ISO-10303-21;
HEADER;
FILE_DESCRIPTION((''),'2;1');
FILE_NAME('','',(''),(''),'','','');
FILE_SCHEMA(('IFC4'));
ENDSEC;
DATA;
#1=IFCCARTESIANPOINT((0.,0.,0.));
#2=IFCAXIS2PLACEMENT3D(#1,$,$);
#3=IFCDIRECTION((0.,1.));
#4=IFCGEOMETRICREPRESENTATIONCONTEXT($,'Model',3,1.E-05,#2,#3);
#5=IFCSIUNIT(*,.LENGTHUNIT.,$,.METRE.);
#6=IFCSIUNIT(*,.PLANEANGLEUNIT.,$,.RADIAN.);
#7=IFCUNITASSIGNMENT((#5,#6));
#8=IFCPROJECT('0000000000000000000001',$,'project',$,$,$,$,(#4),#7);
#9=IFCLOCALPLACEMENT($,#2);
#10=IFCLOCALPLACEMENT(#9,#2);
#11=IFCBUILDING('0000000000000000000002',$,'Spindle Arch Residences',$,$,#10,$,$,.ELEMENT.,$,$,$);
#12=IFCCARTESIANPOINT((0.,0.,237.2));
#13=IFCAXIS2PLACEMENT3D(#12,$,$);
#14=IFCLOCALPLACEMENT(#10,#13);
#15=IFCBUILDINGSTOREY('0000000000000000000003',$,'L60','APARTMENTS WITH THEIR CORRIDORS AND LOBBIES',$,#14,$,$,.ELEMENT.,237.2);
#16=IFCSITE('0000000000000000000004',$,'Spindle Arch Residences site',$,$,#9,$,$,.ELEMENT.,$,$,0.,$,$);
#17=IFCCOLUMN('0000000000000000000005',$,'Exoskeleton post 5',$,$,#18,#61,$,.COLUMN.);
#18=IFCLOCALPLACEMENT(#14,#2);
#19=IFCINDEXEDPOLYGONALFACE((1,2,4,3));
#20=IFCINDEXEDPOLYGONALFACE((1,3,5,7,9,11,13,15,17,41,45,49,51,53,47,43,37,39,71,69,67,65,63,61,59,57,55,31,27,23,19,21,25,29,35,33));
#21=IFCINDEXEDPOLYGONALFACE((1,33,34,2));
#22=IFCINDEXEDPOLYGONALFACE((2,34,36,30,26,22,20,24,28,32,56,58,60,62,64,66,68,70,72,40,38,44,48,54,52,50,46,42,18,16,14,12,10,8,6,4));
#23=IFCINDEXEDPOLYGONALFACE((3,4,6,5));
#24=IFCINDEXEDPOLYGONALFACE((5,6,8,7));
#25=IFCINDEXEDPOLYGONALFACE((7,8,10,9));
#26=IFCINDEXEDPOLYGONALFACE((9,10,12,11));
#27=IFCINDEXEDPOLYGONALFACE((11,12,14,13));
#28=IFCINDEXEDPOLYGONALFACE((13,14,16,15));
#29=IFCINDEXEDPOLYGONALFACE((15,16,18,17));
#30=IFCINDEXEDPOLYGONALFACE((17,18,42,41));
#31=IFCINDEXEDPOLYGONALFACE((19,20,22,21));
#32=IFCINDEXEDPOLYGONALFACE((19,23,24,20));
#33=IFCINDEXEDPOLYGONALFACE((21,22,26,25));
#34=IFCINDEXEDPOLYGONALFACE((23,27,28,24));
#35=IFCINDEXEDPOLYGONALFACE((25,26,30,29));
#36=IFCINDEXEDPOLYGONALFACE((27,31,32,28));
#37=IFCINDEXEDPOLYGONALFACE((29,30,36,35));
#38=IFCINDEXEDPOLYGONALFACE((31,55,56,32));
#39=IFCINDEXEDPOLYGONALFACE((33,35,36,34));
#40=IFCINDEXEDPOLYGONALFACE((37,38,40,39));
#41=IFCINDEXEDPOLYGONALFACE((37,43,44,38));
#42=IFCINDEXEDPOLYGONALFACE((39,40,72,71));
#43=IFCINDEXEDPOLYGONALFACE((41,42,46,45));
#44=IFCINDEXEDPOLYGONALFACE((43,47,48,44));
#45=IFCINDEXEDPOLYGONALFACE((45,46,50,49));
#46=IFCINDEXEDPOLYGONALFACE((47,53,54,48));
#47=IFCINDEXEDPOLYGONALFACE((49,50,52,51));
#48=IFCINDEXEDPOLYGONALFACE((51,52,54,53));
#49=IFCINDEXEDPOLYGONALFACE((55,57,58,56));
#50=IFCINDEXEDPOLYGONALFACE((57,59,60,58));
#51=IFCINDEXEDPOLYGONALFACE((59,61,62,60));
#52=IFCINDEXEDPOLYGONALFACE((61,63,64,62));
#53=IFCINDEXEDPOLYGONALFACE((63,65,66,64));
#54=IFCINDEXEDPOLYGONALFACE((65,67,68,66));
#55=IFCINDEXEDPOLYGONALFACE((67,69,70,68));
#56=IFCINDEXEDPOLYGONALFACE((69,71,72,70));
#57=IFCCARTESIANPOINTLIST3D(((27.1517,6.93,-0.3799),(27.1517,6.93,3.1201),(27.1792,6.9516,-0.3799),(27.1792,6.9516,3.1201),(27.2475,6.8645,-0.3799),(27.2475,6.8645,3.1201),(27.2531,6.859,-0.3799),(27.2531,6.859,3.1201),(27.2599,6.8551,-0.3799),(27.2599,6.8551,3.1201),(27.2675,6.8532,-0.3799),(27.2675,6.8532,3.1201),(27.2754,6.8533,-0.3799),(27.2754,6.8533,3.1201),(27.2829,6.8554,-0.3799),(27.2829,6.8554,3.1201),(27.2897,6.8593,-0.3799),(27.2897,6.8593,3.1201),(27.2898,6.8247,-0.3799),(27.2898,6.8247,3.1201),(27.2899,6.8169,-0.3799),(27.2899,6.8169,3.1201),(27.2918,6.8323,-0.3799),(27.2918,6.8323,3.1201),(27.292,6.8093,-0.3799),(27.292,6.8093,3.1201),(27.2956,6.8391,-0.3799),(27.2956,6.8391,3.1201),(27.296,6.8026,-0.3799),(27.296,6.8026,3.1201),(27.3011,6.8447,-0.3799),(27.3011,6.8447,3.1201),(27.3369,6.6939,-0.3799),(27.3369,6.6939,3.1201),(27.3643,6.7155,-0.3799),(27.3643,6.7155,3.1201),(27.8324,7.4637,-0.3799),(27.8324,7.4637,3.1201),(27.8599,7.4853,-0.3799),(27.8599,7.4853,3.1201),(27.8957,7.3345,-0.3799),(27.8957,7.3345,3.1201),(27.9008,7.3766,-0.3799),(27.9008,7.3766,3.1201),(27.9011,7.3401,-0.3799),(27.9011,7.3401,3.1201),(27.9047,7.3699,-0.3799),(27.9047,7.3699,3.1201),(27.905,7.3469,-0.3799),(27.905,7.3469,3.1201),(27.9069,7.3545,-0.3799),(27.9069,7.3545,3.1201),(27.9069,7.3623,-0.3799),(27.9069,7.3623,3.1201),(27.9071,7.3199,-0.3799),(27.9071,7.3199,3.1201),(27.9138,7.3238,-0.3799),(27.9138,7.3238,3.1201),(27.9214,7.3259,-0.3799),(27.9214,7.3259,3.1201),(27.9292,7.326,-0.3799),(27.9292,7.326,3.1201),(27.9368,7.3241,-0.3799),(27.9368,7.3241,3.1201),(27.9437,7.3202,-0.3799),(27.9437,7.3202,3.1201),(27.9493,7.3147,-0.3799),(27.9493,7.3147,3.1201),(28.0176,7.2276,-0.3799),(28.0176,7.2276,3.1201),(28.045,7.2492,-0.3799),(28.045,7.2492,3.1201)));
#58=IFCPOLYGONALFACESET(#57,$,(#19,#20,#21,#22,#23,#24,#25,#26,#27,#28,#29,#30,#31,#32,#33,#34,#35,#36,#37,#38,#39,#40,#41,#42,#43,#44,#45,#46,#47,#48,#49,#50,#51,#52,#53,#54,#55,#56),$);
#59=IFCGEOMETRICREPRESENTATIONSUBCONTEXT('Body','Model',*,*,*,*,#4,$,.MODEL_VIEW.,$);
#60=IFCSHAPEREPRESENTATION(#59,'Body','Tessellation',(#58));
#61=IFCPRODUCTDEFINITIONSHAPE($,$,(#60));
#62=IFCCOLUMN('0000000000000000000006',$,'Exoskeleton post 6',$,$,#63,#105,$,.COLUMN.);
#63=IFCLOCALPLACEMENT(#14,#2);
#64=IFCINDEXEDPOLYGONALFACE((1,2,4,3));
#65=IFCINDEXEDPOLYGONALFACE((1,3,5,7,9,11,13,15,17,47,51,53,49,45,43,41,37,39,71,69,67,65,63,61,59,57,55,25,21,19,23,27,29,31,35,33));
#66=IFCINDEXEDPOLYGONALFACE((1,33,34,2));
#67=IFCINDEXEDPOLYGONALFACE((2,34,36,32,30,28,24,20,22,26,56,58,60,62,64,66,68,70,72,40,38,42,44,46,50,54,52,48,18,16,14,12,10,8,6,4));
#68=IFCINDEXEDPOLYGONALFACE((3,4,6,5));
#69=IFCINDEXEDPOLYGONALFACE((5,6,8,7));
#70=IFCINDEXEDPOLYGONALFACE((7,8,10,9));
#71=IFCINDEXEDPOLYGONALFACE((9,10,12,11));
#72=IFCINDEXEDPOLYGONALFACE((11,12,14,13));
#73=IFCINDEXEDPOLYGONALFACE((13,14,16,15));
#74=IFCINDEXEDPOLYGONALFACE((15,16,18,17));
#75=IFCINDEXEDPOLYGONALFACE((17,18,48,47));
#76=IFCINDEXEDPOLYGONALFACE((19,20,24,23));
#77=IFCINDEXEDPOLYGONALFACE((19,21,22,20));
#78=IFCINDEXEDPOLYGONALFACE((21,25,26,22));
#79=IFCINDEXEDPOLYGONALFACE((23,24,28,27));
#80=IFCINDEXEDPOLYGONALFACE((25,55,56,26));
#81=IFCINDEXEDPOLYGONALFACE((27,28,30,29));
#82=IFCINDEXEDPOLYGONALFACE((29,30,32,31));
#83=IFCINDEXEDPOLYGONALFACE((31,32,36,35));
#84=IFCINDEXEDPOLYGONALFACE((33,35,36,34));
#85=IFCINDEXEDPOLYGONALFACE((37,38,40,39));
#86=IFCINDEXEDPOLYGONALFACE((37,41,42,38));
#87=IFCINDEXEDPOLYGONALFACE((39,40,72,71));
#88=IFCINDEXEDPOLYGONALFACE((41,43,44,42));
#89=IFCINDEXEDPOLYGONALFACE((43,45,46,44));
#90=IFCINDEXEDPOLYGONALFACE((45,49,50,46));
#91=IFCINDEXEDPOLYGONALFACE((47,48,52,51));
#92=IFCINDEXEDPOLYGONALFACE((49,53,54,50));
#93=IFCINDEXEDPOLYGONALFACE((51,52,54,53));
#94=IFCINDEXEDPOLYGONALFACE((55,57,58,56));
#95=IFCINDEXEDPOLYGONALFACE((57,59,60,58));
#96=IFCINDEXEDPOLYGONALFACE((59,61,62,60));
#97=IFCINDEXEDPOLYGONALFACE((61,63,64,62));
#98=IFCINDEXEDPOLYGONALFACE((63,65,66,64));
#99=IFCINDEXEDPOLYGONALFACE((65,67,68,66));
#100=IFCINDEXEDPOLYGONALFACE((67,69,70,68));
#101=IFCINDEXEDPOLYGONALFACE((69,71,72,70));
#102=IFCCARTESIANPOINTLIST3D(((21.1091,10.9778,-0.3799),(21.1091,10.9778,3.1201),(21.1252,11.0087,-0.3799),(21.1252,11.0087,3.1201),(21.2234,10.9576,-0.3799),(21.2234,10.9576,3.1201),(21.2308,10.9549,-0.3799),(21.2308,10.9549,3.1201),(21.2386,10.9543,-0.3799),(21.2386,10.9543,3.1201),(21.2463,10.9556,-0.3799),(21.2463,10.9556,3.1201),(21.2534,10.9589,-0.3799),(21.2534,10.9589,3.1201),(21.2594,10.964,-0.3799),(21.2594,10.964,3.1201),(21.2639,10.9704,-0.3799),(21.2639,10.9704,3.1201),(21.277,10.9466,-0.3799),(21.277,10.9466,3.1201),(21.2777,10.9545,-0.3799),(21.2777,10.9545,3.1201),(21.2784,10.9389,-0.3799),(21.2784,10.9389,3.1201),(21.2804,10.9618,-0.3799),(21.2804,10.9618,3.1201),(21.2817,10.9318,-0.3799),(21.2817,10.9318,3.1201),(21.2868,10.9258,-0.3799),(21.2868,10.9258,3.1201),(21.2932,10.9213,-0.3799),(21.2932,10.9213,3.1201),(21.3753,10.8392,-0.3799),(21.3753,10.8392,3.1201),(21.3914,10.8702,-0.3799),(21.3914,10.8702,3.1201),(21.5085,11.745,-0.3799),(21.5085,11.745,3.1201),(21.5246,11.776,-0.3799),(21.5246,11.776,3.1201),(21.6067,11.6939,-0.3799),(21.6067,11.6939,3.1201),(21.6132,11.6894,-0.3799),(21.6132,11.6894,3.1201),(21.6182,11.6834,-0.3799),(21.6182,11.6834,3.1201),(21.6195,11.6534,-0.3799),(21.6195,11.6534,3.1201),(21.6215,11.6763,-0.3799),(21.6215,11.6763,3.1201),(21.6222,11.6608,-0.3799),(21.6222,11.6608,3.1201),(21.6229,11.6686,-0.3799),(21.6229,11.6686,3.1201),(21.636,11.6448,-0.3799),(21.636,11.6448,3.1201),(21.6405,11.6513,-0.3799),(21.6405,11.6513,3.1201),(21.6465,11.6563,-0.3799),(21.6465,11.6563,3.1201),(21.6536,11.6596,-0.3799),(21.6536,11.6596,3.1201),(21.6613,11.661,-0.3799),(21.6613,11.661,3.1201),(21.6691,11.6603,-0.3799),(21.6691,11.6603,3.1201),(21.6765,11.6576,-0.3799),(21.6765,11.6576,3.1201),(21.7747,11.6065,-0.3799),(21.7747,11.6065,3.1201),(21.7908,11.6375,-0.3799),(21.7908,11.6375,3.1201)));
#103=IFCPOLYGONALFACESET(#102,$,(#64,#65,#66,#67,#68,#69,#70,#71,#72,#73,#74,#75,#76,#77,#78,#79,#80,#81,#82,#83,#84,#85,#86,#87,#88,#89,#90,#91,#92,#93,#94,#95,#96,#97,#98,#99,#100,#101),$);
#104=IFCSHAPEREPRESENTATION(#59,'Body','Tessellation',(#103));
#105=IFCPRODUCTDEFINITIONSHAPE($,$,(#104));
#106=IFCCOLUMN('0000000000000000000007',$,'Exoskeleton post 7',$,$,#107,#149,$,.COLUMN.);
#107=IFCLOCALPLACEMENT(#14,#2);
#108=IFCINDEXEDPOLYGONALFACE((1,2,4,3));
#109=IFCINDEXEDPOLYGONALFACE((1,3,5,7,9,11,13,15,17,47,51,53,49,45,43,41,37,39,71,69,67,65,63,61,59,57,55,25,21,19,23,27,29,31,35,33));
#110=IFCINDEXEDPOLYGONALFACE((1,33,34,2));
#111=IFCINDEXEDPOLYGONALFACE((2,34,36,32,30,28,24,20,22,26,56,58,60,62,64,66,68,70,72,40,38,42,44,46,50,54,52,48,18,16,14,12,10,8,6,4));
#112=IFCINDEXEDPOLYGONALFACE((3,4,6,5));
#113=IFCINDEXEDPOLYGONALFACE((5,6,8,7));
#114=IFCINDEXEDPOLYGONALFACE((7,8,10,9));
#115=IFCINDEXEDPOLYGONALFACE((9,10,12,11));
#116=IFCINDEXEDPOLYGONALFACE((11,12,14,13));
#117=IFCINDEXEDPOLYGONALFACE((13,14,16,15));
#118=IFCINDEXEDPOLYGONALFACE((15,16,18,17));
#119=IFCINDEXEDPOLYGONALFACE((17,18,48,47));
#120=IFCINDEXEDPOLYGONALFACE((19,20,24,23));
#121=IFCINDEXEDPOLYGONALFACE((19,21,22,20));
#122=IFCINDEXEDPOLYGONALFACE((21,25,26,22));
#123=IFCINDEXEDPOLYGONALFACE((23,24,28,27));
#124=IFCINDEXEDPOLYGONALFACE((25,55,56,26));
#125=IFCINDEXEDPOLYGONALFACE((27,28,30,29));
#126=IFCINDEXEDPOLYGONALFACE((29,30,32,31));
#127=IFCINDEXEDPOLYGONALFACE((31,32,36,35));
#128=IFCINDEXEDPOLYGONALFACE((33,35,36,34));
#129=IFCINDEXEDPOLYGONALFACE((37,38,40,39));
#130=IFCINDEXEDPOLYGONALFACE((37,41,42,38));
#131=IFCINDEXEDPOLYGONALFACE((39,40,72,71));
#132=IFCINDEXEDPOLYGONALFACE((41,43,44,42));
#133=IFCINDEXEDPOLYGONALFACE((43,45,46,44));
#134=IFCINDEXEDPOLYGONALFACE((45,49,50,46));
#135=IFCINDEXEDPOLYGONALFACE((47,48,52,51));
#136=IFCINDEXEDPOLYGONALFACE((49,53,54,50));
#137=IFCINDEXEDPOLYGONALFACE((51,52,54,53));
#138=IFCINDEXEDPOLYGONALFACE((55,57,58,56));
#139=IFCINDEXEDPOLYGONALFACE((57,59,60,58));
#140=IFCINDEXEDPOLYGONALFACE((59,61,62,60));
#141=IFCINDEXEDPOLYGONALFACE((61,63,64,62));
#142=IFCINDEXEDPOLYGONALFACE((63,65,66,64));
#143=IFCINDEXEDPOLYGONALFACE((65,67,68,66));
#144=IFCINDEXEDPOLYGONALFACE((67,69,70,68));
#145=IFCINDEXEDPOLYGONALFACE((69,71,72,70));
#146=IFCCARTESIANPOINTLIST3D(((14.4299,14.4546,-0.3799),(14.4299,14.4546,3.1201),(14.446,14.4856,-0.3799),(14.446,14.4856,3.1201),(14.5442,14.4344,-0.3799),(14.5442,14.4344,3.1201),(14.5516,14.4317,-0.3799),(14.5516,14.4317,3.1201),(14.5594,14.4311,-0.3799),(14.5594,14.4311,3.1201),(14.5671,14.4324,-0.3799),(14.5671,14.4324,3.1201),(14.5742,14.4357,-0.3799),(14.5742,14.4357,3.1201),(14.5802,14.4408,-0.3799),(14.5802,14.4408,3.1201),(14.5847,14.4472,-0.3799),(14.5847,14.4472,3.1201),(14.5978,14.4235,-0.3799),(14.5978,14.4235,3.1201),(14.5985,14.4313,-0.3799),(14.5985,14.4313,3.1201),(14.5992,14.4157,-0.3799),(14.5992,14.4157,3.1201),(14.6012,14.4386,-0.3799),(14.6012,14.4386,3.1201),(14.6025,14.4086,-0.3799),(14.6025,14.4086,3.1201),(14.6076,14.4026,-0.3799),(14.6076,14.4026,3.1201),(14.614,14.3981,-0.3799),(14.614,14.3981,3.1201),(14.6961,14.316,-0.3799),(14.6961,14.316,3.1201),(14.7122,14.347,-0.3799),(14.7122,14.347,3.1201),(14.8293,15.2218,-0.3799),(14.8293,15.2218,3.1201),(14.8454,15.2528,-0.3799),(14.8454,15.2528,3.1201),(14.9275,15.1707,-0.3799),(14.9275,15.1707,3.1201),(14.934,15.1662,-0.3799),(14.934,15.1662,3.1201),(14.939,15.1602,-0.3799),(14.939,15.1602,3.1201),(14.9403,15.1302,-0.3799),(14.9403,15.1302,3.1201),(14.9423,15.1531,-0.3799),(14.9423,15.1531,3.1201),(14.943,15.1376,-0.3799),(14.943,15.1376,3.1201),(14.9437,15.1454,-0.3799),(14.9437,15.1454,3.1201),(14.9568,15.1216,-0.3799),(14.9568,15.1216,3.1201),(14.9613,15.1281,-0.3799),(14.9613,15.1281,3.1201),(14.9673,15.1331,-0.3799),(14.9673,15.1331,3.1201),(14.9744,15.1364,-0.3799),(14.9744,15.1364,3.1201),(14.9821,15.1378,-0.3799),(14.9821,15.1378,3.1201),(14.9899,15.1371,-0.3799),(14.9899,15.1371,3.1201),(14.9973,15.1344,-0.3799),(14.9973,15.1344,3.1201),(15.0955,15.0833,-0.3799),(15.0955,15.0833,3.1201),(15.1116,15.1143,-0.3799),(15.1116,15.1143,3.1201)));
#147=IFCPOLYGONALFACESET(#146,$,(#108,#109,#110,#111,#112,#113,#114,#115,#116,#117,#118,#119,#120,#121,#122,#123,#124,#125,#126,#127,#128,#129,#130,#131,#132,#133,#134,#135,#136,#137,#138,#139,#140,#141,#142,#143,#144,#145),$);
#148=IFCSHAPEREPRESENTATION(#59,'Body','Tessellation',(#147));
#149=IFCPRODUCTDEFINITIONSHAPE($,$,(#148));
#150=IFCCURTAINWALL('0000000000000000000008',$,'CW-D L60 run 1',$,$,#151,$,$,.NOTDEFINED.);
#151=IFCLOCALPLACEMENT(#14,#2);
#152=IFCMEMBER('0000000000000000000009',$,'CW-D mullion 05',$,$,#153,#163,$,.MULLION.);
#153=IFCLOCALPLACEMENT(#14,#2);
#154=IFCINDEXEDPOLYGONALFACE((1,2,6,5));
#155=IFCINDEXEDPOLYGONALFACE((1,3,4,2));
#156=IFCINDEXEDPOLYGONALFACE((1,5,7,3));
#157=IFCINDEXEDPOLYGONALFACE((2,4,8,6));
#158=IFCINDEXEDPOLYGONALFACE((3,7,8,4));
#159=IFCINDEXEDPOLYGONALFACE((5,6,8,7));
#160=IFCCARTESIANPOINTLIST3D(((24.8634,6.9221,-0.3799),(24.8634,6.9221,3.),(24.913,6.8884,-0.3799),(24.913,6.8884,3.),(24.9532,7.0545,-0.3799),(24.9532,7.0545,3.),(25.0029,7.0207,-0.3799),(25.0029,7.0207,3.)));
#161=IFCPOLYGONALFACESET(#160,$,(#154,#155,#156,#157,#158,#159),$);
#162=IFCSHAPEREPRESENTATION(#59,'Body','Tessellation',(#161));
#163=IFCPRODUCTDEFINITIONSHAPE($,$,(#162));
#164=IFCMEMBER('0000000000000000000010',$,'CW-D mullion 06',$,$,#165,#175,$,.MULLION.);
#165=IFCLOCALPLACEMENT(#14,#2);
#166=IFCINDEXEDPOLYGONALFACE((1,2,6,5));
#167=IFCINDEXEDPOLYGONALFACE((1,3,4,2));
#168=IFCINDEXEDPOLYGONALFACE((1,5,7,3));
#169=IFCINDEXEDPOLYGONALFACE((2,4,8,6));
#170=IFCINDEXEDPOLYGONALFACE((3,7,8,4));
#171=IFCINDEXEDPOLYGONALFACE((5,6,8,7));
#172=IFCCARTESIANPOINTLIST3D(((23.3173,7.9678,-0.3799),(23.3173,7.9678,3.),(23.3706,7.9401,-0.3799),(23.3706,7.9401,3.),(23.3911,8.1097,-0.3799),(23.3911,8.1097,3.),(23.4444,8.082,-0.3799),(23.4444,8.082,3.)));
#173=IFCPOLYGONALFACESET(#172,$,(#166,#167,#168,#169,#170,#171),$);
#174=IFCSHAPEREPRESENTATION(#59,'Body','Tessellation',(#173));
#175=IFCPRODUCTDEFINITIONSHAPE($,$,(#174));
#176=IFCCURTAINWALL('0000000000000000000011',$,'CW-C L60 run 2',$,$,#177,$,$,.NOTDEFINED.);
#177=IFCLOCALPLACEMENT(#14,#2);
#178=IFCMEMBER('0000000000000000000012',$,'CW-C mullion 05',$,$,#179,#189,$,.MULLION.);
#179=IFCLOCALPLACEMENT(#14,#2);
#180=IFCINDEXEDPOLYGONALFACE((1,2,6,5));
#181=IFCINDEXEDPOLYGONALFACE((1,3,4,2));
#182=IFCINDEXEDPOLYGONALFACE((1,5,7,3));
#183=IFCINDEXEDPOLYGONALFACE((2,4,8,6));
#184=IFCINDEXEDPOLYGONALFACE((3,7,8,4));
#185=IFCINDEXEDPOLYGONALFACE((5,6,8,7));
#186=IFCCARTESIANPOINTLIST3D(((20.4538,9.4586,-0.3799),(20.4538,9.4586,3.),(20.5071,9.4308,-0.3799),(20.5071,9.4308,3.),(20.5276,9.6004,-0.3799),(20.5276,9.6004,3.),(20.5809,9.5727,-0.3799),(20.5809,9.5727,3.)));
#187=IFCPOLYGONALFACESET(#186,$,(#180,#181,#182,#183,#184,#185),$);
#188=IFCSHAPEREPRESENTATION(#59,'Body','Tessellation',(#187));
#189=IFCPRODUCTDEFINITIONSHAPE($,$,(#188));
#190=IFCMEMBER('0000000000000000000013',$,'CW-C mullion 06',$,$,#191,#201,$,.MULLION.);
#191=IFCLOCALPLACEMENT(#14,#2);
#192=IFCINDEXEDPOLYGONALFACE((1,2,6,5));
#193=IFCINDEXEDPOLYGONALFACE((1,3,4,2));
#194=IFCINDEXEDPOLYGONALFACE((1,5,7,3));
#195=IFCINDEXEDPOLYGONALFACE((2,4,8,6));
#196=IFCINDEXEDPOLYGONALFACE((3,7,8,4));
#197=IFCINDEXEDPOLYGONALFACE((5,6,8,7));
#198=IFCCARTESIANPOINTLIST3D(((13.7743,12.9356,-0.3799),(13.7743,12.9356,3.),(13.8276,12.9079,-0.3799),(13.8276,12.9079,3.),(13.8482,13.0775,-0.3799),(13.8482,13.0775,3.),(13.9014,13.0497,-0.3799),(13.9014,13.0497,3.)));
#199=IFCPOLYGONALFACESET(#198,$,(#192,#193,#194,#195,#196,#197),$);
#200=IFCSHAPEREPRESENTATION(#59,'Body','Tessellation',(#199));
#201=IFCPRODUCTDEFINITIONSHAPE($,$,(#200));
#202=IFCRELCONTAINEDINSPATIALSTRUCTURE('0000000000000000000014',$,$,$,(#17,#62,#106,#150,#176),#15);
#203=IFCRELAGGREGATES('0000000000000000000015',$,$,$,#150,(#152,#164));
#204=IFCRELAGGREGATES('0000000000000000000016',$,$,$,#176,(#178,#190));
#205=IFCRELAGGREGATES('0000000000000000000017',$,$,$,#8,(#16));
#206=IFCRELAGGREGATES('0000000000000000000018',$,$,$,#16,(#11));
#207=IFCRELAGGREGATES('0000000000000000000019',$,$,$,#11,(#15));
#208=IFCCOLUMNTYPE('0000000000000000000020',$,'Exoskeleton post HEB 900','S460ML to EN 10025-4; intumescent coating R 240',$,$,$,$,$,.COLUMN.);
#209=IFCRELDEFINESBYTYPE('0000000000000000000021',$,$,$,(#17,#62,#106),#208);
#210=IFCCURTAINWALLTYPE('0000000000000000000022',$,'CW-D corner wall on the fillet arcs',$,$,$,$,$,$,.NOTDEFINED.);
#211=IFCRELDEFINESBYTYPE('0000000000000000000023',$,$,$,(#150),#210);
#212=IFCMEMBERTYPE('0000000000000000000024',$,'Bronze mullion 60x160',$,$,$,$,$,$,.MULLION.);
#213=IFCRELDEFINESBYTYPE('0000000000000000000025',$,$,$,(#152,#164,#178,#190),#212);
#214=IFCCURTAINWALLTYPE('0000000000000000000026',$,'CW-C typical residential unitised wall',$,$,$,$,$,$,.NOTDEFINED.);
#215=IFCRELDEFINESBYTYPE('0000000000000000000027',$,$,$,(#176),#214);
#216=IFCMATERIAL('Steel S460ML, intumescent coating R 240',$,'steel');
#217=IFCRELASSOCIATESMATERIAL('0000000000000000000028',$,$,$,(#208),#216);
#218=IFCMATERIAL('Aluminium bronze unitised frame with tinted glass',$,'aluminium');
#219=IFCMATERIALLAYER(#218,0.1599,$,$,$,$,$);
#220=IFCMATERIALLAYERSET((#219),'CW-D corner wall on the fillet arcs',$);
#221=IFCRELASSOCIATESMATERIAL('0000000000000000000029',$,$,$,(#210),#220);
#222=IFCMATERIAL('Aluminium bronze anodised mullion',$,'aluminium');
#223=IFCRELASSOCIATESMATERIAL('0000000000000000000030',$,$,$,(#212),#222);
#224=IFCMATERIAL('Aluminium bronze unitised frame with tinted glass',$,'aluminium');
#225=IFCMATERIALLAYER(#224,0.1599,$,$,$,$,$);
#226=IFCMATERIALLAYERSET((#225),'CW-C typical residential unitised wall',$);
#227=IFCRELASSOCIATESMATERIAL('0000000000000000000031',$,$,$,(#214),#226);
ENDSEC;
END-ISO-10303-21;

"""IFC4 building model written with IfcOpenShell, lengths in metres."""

from ifc_helpers import new_model, si_unit, direction, frame, origin, origin_2d, place, context, subcontext, project, spatial, rectangle, i_section, extrude, material, layer, layer_set, material_profile, profile_set, type_object, element, aggregate, save


model = new_model("IFC4")

# Units and contexts
model_context = context("Model", 3, precision=1e-05, world=origin(), true_north=direction((0.0, 1.0)))
body_context = subcontext(model_context, "Body", "Model", "MODEL_VIEW")
ifc_project = project(units=[si_unit("LENGTHUNIT", "METRE"), si_unit("PLANEANGLEUNIT", "RADIAN")], contexts=[model_context])

# Site, building, storey
site_placement = place(None, origin())
site = spatial("IfcSite", under=ifc_project, at=site_placement, Name="Spindle Arch Residences site", CompositionType="ELEMENT", RefElevation=0.0)
building_placement = place(site_placement, origin())
building = spatial("IfcBuilding", under=site, at=building_placement, Name="Spindle Arch Residences", CompositionType="ELEMENT")
storey_placement = place(building_placement, frame((0.0, 0.0, 237.2)))
storey = spatial("IfcBuildingStorey", under=building, at=storey_placement, Name="L60", Description="APARTMENTS WITH THEIR CORRIDORS AND LOBBIES", CompositionType="ELEMENT", Elevation=237.2)

# Columns
ifc_material_1 = material(Name="Steel S460ML, intumescent coating R 240", Category="steel")
ifc_material_profile_1 = material_profile(ifc_material_1, i_section(OverallWidth=0.3, OverallDepth=0.8999, WebThickness=0.0186, FlangeThickness=0.0349, FilletRadius=0.03, at=origin_2d()), Name="HEB 900")
ifc_profile_set_1 = profile_set([ifc_material_profile_1], Name="Steel S460ML, intumescent coating R 240")
column_type = type_object("IfcColumnType", Name="Exoskeleton post HEB 900", Description="S460ML to EN 10025-4; intumescent coating R 240", PredefinedType="COLUMN", material=ifc_profile_set_1)
for number, where, z_axis, x_axis, name in (
    (1, (27.5984, 7.0896, -0.3799), (0.0, 0.0, 1.0), (0.617002, -0.786962, 0.0), "Exoskeleton post 5"),
    (2, (21.45, 11.3076, -0.3799), (0.0, 0.0, 1.0), (0.887011, -0.461749, 0.0), "Exoskeleton post 6"),
    (3, (14.7708, 14.7844, -0.3799), (0.0, 0.0, 1.0), (0.887011, -0.461749, 0.0), "Exoskeleton post 7"),
):
    element("IfcColumn", number, at=place(storey_placement, frame(where, z_axis=z_axis, x_axis=x_axis)), inside=storey, type_object=column_type, Name=name, PredefinedType="COLUMN", context=body_context, shape_type="SweptSolid", body=[
        extrude(i_section(OverallWidth=0.3, OverallDepth=0.8999, WebThickness=0.0186, FlangeThickness=0.0349, FilletRadius=0.03, at=origin_2d()), origin(), (0.0, 0.0, 1.0), 3.5),
    ])

# Curtain walls, members
ifc_material_2 = material(Name="Aluminium bronze unitised frame with tinted glass", Category="aluminium")
ifc_layer_1 = layer(ifc_material_2, 0.1599)
ifc_layer_set_1 = layer_set([ifc_layer_1], Name="CW-D corner wall on the fillet arcs")
curtain_wall_type_1 = type_object("IfcCurtainWallType", Name="CW-D corner wall on the fillet arcs", PredefinedType="NOTDEFINED", material=ifc_layer_set_1)
curtain_wall_1_placement = place(storey_placement, origin())
curtain_wall_1 = element("IfcCurtainWall", 4, at=curtain_wall_1_placement, inside=storey, type_object=curtain_wall_type_1, Name="CW-D L60 run 1", PredefinedType="NOTDEFINED")
ifc_material_3 = material(Name="Aluminium bronze anodised mullion", Category="aluminium")
ifc_material_profile_2 = material_profile(ifc_material_3, rectangle(XDim=0.1599, YDim=0.0601, at=origin_2d()), Name="MU 60x160")
ifc_profile_set_2 = profile_set([ifc_material_profile_2], Name="Aluminium bronze anodised mullion")
member_type_1 = type_object("IfcMemberType", Name="Bronze mullion 60x160", PredefinedType="MULLION", material=ifc_profile_set_2)
member_1_placement = place(storey_placement, frame((24.9331, 6.9714, -0.3799), z_axis=(0.0, 0.0, 1.0), x_axis=(-0.561602, -0.827407, 0.0)))
member_1 = element("IfcMember", 5, at=member_1_placement, type_object=member_type_1, Name="CW-D mullion 05", PredefinedType="MULLION", context=body_context, shape_type="SweptSolid", body=[
    extrude(rectangle(XDim=0.1599, YDim=0.0601, at=origin_2d()), origin(), (0.0, 0.0, 1.0), 3.3799),
])
member_2_placement = place(storey_placement, frame((23.3809, 8.0249, -0.3799), z_axis=(0.0, 0.0, 1.0), x_axis=(-0.461749, -0.887011, 0.0)))
member_2 = element("IfcMember", 6, at=member_2_placement, type_object=member_type_1, Name="CW-D mullion 06", PredefinedType="MULLION", context=body_context, shape_type="SweptSolid", body=[
    extrude(rectangle(XDim=0.1599, YDim=0.0601, at=origin_2d()), origin(), (0.0, 0.0, 1.0), 3.3799),
])
ifc_material_4 = material(Name="Aluminium bronze unitised frame with tinted glass", Category="aluminium")
ifc_layer_2 = layer(ifc_material_4, 0.1599)
ifc_layer_set_2 = layer_set([ifc_layer_2], Name="CW-C typical residential unitised wall")
curtain_wall_type_2 = type_object("IfcCurtainWallType", Name="CW-C typical residential unitised wall", PredefinedType="NOTDEFINED", material=ifc_layer_set_2)
curtain_wall_2_placement = place(storey_placement, origin())
curtain_wall_2 = element("IfcCurtainWall", 7, at=curtain_wall_2_placement, inside=storey, type_object=curtain_wall_type_2, Name="CW-C L60 run 2", PredefinedType="NOTDEFINED")
member_3_placement = place(storey_placement, frame((20.5173, 9.5156, -0.3799), z_axis=(0.0, 0.0, 1.0), x_axis=(-0.461749, -0.887011, 0.0)))
member_3 = element("IfcMember", 8, at=member_3_placement, type_object=member_type_1, Name="CW-C mullion 05", PredefinedType="MULLION", context=body_context, shape_type="SweptSolid", body=[
    extrude(rectangle(XDim=0.1599, YDim=0.0601, at=origin_2d()), origin(), (0.0, 0.0, 1.0), 3.3799),
])
member_4_placement = place(storey_placement, frame((13.8379, 12.9927, -0.3799), z_axis=(0.0, 0.0, 1.0), x_axis=(-0.461749, -0.887011, 0.0)))
member_4 = element("IfcMember", 9, at=member_4_placement, type_object=member_type_1, Name="CW-C mullion 06", PredefinedType="MULLION", context=body_context, shape_type="SweptSolid", body=[
    extrude(rectangle(XDim=0.1599, YDim=0.0601, at=origin_2d()), origin(), (0.0, 0.0, 1.0), 3.3799),
])

aggregate(curtain_wall_1, [member_1, member_2])
aggregate(curtain_wall_2, [member_3, member_4])

save(model, "model.ifc")
